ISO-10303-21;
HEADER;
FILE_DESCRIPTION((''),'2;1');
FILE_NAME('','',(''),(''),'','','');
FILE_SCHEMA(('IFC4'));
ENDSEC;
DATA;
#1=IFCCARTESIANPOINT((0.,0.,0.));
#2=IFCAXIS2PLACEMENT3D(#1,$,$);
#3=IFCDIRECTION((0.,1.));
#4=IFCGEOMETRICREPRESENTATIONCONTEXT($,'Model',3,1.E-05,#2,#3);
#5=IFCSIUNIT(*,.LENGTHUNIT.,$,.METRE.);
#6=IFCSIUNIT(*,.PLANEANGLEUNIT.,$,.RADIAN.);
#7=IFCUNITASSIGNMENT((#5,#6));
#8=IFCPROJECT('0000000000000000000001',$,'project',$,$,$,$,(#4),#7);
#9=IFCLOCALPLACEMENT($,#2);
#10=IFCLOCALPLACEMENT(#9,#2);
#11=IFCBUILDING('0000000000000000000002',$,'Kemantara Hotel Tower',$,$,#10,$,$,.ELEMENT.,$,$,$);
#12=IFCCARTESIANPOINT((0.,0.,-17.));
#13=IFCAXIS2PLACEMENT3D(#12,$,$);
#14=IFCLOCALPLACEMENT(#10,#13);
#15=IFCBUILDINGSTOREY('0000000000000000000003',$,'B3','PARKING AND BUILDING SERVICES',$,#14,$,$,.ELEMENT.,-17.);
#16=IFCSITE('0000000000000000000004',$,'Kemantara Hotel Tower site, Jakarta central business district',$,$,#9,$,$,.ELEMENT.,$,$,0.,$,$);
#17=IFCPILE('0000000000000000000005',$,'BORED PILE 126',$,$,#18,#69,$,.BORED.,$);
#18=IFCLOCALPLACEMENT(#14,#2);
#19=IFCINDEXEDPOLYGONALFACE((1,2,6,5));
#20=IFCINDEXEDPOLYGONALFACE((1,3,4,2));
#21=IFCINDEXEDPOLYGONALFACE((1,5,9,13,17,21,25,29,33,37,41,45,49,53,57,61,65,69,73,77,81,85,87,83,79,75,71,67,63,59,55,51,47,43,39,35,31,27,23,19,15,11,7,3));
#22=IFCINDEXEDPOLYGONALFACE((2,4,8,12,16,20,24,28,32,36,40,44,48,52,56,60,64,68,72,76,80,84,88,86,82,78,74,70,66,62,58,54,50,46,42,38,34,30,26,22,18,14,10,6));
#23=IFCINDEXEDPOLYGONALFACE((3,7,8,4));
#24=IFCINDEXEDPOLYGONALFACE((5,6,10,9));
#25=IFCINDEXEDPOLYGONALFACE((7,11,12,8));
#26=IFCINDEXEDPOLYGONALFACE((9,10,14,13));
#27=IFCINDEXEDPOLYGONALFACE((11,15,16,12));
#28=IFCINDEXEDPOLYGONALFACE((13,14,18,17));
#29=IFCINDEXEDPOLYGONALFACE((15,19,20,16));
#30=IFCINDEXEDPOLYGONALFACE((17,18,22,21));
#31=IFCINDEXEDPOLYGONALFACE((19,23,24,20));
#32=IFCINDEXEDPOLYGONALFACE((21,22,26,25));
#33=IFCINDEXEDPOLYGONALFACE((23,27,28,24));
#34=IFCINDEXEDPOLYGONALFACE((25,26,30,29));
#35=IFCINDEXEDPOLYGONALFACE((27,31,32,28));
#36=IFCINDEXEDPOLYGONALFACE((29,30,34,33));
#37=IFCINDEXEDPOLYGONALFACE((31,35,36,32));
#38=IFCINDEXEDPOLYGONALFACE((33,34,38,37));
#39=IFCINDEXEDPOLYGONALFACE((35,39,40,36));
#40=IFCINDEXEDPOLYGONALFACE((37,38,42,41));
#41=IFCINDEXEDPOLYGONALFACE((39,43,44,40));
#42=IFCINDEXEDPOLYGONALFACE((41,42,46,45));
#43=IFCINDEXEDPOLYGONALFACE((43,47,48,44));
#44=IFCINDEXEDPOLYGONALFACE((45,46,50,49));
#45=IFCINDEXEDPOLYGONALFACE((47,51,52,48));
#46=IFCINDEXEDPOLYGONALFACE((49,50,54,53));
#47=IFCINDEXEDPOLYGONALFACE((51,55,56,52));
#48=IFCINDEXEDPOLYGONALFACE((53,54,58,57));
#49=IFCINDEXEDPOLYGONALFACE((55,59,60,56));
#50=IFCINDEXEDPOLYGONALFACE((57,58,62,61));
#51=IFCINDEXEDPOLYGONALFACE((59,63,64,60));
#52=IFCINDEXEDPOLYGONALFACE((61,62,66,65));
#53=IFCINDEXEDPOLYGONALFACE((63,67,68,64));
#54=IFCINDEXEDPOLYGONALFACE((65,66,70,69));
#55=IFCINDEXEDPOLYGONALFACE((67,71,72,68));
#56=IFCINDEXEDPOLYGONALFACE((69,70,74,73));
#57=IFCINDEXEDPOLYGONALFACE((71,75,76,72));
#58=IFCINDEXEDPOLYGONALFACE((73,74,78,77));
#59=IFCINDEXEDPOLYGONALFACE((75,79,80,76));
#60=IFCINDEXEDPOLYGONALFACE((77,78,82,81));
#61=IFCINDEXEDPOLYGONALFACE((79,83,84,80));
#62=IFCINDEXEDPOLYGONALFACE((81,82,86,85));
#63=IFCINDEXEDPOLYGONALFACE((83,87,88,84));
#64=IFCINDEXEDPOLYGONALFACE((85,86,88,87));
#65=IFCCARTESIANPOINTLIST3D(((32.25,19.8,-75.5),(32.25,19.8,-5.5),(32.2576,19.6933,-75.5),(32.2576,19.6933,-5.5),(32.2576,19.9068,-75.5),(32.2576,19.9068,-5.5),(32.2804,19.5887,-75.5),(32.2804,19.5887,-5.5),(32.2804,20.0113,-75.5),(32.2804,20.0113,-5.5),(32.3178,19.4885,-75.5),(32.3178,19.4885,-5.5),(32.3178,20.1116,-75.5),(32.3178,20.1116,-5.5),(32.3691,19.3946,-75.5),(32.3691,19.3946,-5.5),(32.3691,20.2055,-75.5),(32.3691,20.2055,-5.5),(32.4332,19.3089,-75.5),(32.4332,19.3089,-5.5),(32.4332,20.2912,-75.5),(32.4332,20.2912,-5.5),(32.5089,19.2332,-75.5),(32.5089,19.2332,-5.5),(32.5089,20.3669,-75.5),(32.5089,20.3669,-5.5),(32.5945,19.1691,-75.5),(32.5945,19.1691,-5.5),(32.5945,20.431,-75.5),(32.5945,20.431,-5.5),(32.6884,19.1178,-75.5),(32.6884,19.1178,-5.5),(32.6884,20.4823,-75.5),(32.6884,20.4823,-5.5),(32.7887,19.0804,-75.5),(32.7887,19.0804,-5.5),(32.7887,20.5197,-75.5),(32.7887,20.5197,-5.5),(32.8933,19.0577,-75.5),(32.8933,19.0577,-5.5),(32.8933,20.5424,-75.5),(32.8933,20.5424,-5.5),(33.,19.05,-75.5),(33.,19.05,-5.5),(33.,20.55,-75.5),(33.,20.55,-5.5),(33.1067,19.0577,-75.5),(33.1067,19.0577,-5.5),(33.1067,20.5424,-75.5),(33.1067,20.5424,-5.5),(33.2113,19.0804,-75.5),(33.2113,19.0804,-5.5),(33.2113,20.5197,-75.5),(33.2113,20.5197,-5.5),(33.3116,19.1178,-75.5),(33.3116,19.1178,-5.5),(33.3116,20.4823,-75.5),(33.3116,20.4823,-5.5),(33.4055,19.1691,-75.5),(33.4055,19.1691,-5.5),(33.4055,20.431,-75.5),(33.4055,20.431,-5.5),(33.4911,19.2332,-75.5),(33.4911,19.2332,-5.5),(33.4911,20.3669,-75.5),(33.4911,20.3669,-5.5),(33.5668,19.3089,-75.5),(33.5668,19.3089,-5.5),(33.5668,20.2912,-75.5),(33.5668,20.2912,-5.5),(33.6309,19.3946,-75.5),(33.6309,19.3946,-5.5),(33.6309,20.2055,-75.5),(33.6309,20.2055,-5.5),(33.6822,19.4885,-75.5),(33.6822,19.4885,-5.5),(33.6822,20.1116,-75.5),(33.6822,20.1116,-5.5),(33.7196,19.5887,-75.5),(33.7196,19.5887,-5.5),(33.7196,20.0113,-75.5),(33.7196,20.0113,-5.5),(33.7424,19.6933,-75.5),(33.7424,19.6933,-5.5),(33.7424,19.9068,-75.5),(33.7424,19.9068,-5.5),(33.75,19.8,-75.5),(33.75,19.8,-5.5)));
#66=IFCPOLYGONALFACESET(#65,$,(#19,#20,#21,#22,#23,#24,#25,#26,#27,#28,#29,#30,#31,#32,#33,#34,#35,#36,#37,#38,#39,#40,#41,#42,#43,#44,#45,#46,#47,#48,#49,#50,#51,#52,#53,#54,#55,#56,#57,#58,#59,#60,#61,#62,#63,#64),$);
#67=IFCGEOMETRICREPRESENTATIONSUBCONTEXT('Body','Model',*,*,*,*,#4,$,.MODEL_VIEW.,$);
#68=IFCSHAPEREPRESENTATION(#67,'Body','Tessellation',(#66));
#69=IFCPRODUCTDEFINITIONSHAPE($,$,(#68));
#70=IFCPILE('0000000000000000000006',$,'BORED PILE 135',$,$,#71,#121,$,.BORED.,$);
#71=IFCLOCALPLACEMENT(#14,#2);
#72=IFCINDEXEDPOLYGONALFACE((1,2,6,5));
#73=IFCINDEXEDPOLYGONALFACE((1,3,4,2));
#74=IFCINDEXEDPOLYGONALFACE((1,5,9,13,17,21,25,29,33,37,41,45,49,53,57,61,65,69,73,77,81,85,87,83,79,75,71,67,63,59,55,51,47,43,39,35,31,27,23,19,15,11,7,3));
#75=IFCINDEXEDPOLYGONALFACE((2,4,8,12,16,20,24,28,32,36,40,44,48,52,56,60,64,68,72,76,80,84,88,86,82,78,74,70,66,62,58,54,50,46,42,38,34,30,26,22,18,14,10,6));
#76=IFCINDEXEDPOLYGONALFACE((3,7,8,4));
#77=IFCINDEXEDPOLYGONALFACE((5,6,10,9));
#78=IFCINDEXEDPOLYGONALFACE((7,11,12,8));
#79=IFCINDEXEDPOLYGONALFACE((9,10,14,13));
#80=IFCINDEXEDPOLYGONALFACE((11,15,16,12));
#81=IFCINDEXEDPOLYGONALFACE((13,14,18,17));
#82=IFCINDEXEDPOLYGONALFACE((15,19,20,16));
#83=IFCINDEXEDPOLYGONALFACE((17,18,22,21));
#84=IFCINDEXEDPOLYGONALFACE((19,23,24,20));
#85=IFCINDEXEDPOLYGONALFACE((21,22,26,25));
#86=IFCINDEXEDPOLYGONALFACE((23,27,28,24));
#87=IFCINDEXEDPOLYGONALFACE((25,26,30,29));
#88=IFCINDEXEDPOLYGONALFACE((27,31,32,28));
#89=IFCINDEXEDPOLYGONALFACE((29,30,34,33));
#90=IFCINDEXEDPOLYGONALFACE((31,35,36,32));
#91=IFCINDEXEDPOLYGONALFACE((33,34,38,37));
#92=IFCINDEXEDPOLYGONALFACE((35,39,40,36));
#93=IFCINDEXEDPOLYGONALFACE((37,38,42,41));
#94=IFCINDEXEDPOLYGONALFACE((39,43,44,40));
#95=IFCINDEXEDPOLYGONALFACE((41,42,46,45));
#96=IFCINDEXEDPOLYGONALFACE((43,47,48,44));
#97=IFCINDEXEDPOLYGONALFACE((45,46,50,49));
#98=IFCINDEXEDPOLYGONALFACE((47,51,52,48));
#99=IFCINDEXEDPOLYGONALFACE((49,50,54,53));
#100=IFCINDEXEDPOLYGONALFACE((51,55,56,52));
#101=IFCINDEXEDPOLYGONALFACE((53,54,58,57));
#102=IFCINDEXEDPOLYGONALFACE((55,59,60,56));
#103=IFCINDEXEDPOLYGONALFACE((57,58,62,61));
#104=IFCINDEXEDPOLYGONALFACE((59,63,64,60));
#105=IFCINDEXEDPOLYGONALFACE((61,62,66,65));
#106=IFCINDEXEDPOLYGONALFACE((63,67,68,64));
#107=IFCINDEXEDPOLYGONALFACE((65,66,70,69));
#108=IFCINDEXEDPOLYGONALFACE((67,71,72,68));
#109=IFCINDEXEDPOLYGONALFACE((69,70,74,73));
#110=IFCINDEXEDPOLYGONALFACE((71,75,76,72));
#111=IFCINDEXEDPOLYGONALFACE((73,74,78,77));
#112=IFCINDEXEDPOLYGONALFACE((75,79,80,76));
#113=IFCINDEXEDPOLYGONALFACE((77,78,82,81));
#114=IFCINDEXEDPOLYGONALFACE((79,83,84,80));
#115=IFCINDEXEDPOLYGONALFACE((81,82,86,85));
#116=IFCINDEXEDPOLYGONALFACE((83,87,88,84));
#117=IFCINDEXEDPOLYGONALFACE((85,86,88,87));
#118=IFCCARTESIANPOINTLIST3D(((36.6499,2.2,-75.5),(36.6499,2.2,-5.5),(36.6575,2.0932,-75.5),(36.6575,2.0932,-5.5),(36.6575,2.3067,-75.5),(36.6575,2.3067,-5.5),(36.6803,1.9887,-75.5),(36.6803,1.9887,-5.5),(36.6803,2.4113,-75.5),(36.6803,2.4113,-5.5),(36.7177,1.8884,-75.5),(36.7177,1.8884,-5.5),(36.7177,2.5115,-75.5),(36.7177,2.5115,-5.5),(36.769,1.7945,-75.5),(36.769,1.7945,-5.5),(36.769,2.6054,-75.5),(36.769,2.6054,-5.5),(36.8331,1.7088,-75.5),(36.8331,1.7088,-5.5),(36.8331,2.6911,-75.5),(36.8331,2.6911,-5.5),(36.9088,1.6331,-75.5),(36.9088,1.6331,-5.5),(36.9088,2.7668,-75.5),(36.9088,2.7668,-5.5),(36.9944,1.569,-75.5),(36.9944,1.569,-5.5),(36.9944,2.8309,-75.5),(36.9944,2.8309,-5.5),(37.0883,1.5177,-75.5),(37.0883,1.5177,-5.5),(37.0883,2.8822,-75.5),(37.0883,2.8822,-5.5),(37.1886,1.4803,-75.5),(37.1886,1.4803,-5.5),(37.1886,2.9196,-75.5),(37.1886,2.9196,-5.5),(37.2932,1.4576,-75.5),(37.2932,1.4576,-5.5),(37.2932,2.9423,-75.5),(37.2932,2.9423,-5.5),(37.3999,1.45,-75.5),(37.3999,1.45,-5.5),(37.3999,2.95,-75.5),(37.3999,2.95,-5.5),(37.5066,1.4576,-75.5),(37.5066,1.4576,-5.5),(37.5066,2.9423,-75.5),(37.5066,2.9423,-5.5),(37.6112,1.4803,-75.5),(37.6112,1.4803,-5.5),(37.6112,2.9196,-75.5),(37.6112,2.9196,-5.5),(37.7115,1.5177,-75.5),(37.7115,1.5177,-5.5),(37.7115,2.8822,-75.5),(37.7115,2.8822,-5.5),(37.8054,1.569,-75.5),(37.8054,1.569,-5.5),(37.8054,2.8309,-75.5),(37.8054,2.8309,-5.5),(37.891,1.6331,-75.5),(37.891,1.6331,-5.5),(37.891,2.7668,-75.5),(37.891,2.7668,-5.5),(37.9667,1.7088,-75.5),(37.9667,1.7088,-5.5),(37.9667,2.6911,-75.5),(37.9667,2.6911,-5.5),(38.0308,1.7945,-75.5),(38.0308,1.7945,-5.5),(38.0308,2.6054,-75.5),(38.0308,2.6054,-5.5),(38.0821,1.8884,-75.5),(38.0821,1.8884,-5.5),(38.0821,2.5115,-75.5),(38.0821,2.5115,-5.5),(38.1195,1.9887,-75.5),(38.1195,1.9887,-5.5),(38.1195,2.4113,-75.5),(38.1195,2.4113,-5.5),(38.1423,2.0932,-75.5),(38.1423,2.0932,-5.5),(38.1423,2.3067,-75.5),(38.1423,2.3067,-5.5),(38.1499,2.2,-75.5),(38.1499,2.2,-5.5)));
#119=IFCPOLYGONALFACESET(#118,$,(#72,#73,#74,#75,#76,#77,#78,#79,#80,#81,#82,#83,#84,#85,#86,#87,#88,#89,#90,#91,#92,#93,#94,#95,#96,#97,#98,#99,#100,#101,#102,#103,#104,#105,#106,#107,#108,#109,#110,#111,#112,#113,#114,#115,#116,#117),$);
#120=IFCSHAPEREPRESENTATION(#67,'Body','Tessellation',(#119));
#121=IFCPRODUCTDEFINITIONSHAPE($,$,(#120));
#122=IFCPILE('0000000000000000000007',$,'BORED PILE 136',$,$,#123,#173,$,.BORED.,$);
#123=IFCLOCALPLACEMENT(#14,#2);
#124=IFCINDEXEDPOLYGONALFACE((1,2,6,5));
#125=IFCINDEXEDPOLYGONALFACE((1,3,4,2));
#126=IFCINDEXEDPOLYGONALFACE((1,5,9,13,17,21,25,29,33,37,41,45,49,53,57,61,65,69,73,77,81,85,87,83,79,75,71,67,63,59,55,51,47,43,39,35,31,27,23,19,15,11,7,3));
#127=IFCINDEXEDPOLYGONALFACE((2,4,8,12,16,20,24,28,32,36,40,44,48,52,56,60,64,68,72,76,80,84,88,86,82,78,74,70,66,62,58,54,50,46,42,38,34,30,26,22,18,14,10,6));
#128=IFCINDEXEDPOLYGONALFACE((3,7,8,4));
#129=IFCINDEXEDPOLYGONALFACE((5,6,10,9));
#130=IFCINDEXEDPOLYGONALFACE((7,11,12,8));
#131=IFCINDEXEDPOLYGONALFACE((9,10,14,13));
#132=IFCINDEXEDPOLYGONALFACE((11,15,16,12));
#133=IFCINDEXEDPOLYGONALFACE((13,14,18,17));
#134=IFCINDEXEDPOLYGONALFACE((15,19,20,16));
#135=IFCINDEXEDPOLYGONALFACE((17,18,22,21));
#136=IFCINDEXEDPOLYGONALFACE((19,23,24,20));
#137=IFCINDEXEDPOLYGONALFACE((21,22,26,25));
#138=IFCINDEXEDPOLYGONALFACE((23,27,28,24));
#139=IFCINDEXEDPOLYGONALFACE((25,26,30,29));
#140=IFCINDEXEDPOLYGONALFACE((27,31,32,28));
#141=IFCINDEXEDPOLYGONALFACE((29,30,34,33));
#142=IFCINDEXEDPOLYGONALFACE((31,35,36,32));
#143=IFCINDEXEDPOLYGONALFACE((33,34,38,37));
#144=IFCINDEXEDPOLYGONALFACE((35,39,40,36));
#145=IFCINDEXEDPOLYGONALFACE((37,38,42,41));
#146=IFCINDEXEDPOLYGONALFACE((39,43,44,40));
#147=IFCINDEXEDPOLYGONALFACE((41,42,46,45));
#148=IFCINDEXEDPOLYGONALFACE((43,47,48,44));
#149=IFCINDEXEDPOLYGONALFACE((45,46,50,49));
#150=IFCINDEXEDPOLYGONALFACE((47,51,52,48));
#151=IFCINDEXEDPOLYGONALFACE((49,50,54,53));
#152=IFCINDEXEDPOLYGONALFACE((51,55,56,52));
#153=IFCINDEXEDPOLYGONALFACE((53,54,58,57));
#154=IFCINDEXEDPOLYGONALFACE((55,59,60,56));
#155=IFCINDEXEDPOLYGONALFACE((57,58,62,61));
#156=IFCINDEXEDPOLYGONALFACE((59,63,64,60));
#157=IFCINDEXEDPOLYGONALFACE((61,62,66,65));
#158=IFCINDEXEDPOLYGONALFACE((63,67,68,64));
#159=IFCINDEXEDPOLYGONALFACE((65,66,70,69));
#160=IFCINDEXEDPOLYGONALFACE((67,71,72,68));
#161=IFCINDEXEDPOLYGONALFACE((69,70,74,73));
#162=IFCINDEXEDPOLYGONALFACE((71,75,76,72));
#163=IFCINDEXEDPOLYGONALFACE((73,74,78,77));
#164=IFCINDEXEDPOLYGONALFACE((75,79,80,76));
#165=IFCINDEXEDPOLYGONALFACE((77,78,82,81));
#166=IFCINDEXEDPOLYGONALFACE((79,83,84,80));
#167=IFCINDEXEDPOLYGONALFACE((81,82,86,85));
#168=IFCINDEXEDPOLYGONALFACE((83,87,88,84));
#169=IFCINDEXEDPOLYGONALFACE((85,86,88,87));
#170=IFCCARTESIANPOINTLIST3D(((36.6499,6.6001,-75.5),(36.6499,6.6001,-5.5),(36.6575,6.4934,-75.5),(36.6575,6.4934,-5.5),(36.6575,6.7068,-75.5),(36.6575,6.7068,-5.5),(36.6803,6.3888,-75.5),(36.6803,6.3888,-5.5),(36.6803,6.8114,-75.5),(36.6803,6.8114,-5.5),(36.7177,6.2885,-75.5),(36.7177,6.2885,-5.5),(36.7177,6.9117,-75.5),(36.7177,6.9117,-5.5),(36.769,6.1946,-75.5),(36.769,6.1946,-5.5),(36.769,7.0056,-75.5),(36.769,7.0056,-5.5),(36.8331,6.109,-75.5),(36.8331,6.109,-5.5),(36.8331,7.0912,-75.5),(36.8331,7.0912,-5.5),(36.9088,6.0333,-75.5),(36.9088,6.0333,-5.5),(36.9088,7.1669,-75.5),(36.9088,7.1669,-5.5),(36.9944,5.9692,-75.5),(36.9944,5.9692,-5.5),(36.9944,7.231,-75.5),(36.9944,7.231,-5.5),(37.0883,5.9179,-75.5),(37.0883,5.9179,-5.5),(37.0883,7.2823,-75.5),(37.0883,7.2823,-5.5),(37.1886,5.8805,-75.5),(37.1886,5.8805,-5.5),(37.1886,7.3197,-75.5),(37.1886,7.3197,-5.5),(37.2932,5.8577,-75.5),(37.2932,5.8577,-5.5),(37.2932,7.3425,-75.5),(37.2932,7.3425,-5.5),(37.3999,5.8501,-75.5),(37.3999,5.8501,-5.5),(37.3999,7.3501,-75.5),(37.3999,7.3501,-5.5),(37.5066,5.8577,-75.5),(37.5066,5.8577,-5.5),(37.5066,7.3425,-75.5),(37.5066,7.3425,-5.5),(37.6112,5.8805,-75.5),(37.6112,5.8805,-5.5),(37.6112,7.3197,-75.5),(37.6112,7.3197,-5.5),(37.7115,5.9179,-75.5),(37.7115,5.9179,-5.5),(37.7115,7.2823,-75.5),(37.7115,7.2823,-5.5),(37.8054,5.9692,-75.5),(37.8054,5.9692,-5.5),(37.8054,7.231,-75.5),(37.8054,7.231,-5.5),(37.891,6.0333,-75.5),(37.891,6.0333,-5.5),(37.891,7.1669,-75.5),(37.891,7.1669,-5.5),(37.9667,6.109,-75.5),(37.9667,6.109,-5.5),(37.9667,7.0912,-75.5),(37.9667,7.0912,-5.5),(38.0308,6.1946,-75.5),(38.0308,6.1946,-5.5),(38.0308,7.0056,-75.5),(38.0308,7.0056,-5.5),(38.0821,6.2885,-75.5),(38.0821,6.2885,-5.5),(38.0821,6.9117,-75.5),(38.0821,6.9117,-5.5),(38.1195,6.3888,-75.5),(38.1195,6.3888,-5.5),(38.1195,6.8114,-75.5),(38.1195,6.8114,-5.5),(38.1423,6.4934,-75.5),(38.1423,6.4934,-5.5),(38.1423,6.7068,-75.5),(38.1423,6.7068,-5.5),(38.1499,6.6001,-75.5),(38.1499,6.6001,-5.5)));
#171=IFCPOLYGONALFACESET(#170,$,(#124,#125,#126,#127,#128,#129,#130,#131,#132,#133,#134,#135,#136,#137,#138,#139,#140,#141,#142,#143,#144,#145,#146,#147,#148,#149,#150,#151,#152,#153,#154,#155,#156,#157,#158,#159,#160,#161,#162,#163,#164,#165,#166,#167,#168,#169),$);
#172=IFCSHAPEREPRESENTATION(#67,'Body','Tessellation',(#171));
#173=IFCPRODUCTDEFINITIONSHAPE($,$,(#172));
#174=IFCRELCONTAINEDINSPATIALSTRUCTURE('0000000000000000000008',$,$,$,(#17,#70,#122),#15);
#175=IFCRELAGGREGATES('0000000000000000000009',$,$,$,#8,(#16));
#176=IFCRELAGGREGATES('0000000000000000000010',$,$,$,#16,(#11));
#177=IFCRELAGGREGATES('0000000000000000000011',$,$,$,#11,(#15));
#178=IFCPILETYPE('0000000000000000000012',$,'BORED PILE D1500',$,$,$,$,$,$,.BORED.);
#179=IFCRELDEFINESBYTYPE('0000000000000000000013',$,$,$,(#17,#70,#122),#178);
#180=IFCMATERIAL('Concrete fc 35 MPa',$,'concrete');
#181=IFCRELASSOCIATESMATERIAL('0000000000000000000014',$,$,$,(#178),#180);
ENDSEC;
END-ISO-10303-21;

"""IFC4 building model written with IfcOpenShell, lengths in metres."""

from ifc_helpers import new_model, si_unit, direction, frame, origin, origin_2d, place, context, subcontext, project, spatial, circle, extrude, material, material_profile, profile_set, type_object, element, save


model = new_model("IFC4")

# Units and contexts
model_context = context("Model", 3, precision=1e-05, world=origin(), true_north=direction((0.0, 1.0)))
body_context = subcontext(model_context, "Body", "Model", "MODEL_VIEW")
ifc_project = project(units=[si_unit("LENGTHUNIT", "METRE"), si_unit("PLANEANGLEUNIT", "RADIAN")], contexts=[model_context])

# Site, building, storey
site_placement = place(None, origin())
site = spatial("IfcSite", under=ifc_project, at=site_placement, Name="Kemantara Hotel Tower site, Jakarta central business district", CompositionType="ELEMENT", RefElevation=0.0)
building_placement = place(site_placement, origin())
building = spatial("IfcBuilding", under=site, at=building_placement, Name="Kemantara Hotel Tower", CompositionType="ELEMENT")
storey_placement = place(building_placement, frame((0.0, 0.0, -17.0)))
storey = spatial("IfcBuildingStorey", under=building, at=storey_placement, Name="B3", Description="PARKING AND BUILDING SERVICES", CompositionType="ELEMENT", Elevation=-17.0)

# Piles
ifc_material_1 = material(Name="Concrete fc 35 MPa", Category="concrete")
ifc_material_profile_1 = material_profile(ifc_material_1, circle(Radius=0.75, at=origin_2d()), Name="BORED PILE D1500")
ifc_profile_set_1 = profile_set([ifc_material_profile_1], Name="Concrete fc 35 MPa")
pile_type = type_object("IfcPileType", Name="BORED PILE D1500", PredefinedType="BORED", material=ifc_profile_set_1)
for number, where, z_axis, x_axis, name in (
    (1, (33.0, 19.8, -5.5), (0.0, 0.0, -1.0), (1.0, 0.0, 0.0), "BORED PILE 126"),
    (2, (37.3999, 2.2, -5.5), (0.0, 0.0, -1.0), (1.0, 0.0, 0.0), "BORED PILE 135"),
    (3, (37.3999, 6.6001, -5.5), (0.0, 0.0, -1.0), (1.0, 0.0, 0.0), "BORED PILE 136"),
):
    element("IfcPile", number, at=place(storey_placement, frame(where, z_axis=z_axis, x_axis=x_axis)), inside=storey, type_object=pile_type, Name=name, PredefinedType="BORED", context=body_context, shape_type="SweptSolid", body=[
        extrude(circle(Radius=0.75, at=origin_2d()), origin(), (0.0, 0.0, 1.0), 70.0),
    ])

save(model, "model.ifc")
